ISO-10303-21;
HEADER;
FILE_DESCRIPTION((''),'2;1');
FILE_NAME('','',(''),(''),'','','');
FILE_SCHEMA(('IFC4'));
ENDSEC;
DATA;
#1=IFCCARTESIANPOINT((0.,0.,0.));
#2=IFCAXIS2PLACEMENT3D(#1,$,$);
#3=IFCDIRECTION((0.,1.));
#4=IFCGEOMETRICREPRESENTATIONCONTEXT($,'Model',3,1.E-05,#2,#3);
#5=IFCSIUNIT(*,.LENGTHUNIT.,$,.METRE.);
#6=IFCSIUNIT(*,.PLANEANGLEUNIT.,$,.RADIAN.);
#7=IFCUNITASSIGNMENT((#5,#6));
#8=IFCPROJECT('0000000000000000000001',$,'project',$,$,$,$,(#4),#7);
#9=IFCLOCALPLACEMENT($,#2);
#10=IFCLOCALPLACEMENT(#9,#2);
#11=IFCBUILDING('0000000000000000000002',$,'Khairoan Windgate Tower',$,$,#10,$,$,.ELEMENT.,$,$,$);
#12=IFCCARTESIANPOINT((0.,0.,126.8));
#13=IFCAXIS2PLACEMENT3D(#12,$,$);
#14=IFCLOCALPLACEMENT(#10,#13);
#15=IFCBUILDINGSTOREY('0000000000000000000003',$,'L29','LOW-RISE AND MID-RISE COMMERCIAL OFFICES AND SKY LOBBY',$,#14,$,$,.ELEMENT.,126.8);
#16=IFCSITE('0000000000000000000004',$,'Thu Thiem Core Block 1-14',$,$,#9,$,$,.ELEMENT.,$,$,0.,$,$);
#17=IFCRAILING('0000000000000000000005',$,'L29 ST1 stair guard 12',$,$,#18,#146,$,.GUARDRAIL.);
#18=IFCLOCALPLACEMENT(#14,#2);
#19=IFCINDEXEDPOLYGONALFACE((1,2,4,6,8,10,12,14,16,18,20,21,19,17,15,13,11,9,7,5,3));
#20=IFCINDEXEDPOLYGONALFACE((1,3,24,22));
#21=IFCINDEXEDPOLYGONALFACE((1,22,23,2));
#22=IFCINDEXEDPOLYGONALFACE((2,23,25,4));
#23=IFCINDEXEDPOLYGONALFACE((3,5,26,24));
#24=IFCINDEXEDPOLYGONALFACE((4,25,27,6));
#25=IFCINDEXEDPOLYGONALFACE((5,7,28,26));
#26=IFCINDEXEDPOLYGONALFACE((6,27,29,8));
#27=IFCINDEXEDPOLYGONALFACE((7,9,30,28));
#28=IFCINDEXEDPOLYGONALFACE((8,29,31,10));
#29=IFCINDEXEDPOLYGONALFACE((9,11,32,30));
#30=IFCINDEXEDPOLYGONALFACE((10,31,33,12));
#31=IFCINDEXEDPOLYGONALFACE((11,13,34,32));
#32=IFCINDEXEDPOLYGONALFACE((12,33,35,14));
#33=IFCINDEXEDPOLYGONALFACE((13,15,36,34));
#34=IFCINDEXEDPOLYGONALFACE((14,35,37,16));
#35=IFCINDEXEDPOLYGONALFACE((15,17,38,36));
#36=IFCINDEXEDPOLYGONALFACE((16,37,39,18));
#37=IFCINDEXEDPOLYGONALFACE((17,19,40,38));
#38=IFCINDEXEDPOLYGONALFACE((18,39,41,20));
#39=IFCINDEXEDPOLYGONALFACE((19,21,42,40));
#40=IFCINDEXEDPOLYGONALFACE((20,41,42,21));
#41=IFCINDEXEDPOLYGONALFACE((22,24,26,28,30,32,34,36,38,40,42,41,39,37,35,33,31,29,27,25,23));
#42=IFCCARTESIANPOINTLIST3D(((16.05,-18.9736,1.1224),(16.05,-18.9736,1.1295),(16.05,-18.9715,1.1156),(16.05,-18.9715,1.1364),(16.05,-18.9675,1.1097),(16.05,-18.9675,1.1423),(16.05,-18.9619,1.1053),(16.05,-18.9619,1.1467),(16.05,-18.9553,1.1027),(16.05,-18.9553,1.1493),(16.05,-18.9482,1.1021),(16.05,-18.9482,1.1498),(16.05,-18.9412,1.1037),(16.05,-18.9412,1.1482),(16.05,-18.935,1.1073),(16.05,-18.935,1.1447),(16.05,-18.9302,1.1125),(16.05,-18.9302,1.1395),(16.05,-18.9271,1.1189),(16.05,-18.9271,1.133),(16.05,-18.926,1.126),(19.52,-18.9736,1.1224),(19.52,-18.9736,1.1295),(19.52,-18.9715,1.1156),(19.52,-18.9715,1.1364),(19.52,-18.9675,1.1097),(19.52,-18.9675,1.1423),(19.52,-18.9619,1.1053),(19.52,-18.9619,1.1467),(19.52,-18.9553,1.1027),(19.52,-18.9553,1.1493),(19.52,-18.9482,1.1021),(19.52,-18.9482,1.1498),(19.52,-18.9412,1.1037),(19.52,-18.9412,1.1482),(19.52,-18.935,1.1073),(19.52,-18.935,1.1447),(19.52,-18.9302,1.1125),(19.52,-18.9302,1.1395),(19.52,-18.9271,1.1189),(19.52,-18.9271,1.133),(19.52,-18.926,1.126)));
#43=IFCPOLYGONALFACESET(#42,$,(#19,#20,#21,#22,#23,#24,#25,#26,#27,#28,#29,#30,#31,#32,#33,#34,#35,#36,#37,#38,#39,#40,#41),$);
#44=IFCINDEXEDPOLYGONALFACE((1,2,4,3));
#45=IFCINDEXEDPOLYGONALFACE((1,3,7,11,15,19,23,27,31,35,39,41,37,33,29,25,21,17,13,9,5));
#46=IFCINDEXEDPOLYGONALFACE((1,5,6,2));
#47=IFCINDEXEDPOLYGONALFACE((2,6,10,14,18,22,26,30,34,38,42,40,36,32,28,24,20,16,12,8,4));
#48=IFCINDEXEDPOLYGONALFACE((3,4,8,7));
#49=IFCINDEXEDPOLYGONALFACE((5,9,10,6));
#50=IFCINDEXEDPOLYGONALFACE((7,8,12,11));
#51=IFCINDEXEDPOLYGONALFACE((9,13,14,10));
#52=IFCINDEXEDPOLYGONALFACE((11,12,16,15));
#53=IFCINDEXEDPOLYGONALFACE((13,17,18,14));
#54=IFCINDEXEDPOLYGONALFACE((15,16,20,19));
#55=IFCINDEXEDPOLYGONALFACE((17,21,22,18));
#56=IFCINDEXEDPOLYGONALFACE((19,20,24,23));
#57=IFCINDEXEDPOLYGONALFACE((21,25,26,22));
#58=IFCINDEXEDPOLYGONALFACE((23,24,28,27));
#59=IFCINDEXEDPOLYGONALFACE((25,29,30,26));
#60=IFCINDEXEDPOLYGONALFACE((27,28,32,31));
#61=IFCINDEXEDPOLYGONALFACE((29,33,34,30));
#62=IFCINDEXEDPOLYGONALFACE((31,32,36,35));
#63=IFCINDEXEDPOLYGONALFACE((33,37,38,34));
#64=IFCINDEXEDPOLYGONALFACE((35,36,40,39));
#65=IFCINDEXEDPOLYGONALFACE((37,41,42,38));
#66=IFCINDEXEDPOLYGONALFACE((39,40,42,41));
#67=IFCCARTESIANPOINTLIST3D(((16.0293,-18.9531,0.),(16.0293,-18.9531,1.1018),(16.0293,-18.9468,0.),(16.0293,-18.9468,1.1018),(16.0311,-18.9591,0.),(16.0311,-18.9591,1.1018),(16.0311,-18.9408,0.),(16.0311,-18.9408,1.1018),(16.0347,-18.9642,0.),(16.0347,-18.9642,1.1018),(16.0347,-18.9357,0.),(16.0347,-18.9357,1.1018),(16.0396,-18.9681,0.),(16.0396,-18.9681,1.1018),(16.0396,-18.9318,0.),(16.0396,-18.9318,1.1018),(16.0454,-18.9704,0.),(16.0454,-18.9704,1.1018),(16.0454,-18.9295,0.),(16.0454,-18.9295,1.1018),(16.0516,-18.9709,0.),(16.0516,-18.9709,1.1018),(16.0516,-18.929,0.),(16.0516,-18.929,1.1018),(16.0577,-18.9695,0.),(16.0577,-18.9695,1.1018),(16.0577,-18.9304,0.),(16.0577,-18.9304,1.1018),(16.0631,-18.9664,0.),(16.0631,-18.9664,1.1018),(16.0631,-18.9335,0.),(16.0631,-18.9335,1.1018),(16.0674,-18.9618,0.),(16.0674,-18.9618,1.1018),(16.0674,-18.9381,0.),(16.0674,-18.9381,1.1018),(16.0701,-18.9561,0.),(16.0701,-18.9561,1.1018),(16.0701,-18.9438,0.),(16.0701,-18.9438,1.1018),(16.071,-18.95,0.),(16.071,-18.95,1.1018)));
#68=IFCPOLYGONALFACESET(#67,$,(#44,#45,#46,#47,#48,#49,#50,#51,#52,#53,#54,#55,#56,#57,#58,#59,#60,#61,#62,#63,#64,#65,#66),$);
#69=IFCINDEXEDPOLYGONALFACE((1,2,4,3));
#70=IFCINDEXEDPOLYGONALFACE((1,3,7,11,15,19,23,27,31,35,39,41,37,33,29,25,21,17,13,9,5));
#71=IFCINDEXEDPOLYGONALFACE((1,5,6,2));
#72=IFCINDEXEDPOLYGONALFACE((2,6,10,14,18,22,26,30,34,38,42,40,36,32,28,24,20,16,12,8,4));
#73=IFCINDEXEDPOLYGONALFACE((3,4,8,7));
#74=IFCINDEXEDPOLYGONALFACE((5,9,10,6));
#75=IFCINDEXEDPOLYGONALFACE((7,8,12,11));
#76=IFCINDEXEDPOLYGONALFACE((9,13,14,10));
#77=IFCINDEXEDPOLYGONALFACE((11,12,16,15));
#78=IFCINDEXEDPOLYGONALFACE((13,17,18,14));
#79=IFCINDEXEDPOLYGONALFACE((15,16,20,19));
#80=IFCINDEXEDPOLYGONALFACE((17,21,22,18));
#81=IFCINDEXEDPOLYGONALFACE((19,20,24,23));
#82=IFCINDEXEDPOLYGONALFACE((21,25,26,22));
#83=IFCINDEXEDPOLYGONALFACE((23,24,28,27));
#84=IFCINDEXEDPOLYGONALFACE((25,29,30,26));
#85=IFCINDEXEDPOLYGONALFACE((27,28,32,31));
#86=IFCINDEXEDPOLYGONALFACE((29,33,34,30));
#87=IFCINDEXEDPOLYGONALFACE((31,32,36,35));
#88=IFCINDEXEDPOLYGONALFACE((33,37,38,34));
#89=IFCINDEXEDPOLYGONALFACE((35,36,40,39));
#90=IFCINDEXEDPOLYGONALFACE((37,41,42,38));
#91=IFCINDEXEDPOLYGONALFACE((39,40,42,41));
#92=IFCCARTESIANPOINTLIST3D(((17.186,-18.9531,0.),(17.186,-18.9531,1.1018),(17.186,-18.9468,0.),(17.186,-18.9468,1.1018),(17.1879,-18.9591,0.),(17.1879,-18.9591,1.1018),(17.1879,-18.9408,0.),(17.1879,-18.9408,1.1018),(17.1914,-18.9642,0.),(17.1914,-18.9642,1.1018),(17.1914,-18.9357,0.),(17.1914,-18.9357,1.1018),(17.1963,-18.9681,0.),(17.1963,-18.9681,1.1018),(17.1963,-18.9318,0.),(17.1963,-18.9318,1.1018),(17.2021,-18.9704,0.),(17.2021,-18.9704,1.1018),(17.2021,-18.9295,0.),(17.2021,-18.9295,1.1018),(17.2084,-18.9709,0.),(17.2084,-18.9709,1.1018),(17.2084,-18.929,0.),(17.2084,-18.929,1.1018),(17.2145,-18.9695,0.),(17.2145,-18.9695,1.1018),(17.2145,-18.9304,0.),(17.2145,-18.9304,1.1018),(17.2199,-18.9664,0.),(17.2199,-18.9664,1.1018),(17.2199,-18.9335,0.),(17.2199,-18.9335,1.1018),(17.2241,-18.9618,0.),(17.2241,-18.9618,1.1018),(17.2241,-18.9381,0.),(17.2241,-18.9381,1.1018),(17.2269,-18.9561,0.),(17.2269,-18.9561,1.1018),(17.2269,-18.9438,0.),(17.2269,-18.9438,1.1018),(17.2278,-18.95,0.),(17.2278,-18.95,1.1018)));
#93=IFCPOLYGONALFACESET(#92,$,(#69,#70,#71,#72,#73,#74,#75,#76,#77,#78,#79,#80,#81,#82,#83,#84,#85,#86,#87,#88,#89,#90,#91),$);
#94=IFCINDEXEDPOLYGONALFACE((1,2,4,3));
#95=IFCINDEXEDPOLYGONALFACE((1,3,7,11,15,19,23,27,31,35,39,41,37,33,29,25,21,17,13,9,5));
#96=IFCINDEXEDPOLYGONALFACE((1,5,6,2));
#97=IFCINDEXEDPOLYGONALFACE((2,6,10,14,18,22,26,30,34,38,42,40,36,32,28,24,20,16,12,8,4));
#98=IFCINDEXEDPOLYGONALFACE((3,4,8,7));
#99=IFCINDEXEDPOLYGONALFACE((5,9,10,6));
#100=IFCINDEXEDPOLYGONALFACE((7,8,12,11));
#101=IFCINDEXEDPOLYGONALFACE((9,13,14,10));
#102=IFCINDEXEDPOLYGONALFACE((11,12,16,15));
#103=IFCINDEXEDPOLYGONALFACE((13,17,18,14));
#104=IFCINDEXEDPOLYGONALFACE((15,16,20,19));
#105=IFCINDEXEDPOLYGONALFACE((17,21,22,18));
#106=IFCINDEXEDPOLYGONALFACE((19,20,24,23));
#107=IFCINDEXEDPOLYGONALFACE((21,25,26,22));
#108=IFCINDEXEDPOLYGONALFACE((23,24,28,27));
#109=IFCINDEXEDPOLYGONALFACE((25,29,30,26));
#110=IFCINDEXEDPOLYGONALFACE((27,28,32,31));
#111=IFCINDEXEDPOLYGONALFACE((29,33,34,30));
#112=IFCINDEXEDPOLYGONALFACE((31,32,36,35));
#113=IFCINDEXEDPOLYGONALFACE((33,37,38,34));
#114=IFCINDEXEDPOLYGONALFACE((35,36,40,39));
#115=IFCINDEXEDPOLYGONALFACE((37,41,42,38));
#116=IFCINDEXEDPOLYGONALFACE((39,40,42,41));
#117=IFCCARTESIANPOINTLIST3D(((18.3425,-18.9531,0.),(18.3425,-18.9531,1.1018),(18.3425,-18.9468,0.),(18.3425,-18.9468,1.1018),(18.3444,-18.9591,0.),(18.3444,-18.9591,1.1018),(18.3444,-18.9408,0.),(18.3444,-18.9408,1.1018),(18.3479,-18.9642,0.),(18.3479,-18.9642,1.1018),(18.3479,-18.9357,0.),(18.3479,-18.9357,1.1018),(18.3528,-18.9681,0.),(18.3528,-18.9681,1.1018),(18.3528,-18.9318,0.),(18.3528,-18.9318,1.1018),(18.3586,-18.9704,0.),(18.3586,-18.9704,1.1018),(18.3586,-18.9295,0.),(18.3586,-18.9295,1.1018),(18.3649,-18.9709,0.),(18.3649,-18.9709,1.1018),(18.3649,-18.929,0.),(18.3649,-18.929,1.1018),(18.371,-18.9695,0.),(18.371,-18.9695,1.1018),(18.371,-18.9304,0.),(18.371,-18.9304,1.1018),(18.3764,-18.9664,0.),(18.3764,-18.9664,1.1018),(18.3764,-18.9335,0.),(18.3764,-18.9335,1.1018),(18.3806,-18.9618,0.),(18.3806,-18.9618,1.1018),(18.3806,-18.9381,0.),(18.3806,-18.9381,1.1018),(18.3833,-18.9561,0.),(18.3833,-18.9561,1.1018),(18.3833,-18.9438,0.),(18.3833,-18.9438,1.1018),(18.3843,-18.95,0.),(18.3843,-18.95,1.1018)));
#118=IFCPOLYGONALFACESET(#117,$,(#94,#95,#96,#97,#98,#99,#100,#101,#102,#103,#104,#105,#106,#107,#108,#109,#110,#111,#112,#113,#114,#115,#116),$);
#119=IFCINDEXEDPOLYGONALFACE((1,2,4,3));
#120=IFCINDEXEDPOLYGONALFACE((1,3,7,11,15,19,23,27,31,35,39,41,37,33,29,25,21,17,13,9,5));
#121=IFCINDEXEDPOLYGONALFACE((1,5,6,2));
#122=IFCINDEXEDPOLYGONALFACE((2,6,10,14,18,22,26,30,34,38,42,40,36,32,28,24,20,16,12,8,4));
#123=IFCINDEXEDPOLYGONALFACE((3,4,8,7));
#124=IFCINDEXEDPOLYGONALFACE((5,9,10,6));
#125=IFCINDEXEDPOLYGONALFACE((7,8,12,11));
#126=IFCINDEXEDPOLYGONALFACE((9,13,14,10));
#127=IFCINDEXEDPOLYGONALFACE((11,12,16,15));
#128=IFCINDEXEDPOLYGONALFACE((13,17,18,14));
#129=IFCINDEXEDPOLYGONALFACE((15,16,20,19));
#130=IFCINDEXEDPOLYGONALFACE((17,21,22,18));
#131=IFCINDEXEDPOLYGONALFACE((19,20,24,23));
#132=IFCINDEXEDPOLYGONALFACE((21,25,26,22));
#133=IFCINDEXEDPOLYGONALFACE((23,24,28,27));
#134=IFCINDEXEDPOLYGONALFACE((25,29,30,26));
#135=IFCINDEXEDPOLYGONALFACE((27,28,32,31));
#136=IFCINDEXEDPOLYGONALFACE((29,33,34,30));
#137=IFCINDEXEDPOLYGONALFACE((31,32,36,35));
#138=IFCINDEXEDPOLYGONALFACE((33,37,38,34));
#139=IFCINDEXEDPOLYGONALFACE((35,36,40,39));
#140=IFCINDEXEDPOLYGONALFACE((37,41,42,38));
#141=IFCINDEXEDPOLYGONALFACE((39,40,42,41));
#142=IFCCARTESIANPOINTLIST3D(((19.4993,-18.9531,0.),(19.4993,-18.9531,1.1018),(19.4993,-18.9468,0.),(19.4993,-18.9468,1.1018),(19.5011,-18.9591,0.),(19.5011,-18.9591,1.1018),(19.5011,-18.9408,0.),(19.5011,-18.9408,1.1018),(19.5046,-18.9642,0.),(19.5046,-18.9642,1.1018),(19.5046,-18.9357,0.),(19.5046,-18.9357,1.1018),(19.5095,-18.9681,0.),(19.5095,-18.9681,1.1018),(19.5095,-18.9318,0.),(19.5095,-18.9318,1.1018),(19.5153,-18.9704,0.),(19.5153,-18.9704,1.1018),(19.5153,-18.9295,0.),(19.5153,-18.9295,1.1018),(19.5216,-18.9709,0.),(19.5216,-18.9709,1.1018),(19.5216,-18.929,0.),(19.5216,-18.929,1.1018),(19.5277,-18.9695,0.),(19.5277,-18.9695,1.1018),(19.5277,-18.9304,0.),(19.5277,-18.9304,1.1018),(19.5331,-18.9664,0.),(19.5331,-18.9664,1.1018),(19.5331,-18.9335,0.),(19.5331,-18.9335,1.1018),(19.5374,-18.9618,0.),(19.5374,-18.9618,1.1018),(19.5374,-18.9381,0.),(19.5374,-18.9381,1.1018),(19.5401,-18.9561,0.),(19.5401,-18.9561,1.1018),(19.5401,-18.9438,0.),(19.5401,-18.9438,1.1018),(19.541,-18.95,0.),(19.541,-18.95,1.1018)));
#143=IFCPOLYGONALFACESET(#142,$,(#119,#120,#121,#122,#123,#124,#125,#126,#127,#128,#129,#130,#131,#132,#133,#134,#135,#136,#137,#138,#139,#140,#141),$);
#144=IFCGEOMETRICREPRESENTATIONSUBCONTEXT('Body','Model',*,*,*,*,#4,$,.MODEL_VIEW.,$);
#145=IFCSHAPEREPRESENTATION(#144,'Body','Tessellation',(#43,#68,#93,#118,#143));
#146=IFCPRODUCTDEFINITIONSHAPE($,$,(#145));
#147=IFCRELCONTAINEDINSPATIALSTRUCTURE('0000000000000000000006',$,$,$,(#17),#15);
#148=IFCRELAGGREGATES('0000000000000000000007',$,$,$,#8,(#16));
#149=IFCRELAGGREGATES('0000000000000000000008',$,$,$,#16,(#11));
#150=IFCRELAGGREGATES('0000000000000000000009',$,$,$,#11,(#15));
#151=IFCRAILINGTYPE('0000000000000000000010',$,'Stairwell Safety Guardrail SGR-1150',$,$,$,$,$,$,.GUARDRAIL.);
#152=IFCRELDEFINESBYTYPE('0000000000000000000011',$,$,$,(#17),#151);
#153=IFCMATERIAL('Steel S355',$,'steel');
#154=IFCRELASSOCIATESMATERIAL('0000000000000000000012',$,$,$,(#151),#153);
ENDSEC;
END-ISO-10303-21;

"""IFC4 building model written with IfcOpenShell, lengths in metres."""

from ifc_helpers import new_model, si_unit, direction, frame, origin, origin_2d, place, context, subcontext, project, spatial, circle, extrude, material, type_object, element, save


model = new_model("IFC4")

# Units and contexts
model_context = context("Model", 3, precision=1e-05, world=origin(), true_north=direction((0.0, 1.0)))
body_context = subcontext(model_context, "Body", "Model", "MODEL_VIEW")
ifc_project = project(units=[si_unit("LENGTHUNIT", "METRE"), si_unit("PLANEANGLEUNIT", "RADIAN")], contexts=[model_context])

# Site, building, storey
site_placement = place(None, origin())
site = spatial("IfcSite", under=ifc_project, at=site_placement, Name="Thu Thiem Core Block 1-14", CompositionType="ELEMENT", RefElevation=0.0)
building_placement = place(site_placement, origin())
building = spatial("IfcBuilding", under=site, at=building_placement, Name="Khairoan Windgate Tower", CompositionType="ELEMENT")
storey_placement = place(building_placement, frame((0.0, 0.0, 126.8)))
storey = spatial("IfcBuildingStorey", under=building, at=storey_placement, Name="L29", Description="LOW-RISE AND MID-RISE COMMERCIAL OFFICES AND SKY LOBBY", CompositionType="ELEMENT", Elevation=126.8)

# Railing
ifc_material_1 = material(Name="Steel S355", Category="steel")
railing_type = type_object("IfcRailingType", Name="Stairwell Safety Guardrail SGR-1150", PredefinedType="GUARDRAIL", material=ifc_material_1)
railing_placement = place(storey_placement, frame((16.05, -18.95, 0.0)))
element("IfcRailing", 1, at=railing_placement, inside=storey, type_object=railing_type, Name="L29 ST1 stair guard 12", PredefinedType="GUARDRAIL", context=body_context, shape_type="SweptSolid", body=[
    extrude(circle(Radius=0.0239, at=origin_2d()), frame((0.0, 0.0, 1.126), z_axis=(1.0, 0.0, 0.0), x_axis=(0.0, 1.0, 0.0)), (0.0, 0.0, 1.0), 3.47),
    extrude(circle(Radius=0.021, at=origin_2d()), origin(), (0.0, 0.0, 1.0), 1.1018),
    extrude(circle(Radius=0.021, at=origin_2d()), frame((1.1567, 0.0, 0.0)), (0.0, 0.0, 1.0), 1.1018),
    extrude(circle(Radius=0.021, at=origin_2d()), frame((2.3132, 0.0, 0.0)), (0.0, 0.0, 1.0), 1.1018),
    extrude(circle(Radius=0.021, at=origin_2d()), frame((3.47, 0.0, 0.0)), (0.0, 0.0, 1.0), 1.1018),
])

save(model, "model.ifc")
